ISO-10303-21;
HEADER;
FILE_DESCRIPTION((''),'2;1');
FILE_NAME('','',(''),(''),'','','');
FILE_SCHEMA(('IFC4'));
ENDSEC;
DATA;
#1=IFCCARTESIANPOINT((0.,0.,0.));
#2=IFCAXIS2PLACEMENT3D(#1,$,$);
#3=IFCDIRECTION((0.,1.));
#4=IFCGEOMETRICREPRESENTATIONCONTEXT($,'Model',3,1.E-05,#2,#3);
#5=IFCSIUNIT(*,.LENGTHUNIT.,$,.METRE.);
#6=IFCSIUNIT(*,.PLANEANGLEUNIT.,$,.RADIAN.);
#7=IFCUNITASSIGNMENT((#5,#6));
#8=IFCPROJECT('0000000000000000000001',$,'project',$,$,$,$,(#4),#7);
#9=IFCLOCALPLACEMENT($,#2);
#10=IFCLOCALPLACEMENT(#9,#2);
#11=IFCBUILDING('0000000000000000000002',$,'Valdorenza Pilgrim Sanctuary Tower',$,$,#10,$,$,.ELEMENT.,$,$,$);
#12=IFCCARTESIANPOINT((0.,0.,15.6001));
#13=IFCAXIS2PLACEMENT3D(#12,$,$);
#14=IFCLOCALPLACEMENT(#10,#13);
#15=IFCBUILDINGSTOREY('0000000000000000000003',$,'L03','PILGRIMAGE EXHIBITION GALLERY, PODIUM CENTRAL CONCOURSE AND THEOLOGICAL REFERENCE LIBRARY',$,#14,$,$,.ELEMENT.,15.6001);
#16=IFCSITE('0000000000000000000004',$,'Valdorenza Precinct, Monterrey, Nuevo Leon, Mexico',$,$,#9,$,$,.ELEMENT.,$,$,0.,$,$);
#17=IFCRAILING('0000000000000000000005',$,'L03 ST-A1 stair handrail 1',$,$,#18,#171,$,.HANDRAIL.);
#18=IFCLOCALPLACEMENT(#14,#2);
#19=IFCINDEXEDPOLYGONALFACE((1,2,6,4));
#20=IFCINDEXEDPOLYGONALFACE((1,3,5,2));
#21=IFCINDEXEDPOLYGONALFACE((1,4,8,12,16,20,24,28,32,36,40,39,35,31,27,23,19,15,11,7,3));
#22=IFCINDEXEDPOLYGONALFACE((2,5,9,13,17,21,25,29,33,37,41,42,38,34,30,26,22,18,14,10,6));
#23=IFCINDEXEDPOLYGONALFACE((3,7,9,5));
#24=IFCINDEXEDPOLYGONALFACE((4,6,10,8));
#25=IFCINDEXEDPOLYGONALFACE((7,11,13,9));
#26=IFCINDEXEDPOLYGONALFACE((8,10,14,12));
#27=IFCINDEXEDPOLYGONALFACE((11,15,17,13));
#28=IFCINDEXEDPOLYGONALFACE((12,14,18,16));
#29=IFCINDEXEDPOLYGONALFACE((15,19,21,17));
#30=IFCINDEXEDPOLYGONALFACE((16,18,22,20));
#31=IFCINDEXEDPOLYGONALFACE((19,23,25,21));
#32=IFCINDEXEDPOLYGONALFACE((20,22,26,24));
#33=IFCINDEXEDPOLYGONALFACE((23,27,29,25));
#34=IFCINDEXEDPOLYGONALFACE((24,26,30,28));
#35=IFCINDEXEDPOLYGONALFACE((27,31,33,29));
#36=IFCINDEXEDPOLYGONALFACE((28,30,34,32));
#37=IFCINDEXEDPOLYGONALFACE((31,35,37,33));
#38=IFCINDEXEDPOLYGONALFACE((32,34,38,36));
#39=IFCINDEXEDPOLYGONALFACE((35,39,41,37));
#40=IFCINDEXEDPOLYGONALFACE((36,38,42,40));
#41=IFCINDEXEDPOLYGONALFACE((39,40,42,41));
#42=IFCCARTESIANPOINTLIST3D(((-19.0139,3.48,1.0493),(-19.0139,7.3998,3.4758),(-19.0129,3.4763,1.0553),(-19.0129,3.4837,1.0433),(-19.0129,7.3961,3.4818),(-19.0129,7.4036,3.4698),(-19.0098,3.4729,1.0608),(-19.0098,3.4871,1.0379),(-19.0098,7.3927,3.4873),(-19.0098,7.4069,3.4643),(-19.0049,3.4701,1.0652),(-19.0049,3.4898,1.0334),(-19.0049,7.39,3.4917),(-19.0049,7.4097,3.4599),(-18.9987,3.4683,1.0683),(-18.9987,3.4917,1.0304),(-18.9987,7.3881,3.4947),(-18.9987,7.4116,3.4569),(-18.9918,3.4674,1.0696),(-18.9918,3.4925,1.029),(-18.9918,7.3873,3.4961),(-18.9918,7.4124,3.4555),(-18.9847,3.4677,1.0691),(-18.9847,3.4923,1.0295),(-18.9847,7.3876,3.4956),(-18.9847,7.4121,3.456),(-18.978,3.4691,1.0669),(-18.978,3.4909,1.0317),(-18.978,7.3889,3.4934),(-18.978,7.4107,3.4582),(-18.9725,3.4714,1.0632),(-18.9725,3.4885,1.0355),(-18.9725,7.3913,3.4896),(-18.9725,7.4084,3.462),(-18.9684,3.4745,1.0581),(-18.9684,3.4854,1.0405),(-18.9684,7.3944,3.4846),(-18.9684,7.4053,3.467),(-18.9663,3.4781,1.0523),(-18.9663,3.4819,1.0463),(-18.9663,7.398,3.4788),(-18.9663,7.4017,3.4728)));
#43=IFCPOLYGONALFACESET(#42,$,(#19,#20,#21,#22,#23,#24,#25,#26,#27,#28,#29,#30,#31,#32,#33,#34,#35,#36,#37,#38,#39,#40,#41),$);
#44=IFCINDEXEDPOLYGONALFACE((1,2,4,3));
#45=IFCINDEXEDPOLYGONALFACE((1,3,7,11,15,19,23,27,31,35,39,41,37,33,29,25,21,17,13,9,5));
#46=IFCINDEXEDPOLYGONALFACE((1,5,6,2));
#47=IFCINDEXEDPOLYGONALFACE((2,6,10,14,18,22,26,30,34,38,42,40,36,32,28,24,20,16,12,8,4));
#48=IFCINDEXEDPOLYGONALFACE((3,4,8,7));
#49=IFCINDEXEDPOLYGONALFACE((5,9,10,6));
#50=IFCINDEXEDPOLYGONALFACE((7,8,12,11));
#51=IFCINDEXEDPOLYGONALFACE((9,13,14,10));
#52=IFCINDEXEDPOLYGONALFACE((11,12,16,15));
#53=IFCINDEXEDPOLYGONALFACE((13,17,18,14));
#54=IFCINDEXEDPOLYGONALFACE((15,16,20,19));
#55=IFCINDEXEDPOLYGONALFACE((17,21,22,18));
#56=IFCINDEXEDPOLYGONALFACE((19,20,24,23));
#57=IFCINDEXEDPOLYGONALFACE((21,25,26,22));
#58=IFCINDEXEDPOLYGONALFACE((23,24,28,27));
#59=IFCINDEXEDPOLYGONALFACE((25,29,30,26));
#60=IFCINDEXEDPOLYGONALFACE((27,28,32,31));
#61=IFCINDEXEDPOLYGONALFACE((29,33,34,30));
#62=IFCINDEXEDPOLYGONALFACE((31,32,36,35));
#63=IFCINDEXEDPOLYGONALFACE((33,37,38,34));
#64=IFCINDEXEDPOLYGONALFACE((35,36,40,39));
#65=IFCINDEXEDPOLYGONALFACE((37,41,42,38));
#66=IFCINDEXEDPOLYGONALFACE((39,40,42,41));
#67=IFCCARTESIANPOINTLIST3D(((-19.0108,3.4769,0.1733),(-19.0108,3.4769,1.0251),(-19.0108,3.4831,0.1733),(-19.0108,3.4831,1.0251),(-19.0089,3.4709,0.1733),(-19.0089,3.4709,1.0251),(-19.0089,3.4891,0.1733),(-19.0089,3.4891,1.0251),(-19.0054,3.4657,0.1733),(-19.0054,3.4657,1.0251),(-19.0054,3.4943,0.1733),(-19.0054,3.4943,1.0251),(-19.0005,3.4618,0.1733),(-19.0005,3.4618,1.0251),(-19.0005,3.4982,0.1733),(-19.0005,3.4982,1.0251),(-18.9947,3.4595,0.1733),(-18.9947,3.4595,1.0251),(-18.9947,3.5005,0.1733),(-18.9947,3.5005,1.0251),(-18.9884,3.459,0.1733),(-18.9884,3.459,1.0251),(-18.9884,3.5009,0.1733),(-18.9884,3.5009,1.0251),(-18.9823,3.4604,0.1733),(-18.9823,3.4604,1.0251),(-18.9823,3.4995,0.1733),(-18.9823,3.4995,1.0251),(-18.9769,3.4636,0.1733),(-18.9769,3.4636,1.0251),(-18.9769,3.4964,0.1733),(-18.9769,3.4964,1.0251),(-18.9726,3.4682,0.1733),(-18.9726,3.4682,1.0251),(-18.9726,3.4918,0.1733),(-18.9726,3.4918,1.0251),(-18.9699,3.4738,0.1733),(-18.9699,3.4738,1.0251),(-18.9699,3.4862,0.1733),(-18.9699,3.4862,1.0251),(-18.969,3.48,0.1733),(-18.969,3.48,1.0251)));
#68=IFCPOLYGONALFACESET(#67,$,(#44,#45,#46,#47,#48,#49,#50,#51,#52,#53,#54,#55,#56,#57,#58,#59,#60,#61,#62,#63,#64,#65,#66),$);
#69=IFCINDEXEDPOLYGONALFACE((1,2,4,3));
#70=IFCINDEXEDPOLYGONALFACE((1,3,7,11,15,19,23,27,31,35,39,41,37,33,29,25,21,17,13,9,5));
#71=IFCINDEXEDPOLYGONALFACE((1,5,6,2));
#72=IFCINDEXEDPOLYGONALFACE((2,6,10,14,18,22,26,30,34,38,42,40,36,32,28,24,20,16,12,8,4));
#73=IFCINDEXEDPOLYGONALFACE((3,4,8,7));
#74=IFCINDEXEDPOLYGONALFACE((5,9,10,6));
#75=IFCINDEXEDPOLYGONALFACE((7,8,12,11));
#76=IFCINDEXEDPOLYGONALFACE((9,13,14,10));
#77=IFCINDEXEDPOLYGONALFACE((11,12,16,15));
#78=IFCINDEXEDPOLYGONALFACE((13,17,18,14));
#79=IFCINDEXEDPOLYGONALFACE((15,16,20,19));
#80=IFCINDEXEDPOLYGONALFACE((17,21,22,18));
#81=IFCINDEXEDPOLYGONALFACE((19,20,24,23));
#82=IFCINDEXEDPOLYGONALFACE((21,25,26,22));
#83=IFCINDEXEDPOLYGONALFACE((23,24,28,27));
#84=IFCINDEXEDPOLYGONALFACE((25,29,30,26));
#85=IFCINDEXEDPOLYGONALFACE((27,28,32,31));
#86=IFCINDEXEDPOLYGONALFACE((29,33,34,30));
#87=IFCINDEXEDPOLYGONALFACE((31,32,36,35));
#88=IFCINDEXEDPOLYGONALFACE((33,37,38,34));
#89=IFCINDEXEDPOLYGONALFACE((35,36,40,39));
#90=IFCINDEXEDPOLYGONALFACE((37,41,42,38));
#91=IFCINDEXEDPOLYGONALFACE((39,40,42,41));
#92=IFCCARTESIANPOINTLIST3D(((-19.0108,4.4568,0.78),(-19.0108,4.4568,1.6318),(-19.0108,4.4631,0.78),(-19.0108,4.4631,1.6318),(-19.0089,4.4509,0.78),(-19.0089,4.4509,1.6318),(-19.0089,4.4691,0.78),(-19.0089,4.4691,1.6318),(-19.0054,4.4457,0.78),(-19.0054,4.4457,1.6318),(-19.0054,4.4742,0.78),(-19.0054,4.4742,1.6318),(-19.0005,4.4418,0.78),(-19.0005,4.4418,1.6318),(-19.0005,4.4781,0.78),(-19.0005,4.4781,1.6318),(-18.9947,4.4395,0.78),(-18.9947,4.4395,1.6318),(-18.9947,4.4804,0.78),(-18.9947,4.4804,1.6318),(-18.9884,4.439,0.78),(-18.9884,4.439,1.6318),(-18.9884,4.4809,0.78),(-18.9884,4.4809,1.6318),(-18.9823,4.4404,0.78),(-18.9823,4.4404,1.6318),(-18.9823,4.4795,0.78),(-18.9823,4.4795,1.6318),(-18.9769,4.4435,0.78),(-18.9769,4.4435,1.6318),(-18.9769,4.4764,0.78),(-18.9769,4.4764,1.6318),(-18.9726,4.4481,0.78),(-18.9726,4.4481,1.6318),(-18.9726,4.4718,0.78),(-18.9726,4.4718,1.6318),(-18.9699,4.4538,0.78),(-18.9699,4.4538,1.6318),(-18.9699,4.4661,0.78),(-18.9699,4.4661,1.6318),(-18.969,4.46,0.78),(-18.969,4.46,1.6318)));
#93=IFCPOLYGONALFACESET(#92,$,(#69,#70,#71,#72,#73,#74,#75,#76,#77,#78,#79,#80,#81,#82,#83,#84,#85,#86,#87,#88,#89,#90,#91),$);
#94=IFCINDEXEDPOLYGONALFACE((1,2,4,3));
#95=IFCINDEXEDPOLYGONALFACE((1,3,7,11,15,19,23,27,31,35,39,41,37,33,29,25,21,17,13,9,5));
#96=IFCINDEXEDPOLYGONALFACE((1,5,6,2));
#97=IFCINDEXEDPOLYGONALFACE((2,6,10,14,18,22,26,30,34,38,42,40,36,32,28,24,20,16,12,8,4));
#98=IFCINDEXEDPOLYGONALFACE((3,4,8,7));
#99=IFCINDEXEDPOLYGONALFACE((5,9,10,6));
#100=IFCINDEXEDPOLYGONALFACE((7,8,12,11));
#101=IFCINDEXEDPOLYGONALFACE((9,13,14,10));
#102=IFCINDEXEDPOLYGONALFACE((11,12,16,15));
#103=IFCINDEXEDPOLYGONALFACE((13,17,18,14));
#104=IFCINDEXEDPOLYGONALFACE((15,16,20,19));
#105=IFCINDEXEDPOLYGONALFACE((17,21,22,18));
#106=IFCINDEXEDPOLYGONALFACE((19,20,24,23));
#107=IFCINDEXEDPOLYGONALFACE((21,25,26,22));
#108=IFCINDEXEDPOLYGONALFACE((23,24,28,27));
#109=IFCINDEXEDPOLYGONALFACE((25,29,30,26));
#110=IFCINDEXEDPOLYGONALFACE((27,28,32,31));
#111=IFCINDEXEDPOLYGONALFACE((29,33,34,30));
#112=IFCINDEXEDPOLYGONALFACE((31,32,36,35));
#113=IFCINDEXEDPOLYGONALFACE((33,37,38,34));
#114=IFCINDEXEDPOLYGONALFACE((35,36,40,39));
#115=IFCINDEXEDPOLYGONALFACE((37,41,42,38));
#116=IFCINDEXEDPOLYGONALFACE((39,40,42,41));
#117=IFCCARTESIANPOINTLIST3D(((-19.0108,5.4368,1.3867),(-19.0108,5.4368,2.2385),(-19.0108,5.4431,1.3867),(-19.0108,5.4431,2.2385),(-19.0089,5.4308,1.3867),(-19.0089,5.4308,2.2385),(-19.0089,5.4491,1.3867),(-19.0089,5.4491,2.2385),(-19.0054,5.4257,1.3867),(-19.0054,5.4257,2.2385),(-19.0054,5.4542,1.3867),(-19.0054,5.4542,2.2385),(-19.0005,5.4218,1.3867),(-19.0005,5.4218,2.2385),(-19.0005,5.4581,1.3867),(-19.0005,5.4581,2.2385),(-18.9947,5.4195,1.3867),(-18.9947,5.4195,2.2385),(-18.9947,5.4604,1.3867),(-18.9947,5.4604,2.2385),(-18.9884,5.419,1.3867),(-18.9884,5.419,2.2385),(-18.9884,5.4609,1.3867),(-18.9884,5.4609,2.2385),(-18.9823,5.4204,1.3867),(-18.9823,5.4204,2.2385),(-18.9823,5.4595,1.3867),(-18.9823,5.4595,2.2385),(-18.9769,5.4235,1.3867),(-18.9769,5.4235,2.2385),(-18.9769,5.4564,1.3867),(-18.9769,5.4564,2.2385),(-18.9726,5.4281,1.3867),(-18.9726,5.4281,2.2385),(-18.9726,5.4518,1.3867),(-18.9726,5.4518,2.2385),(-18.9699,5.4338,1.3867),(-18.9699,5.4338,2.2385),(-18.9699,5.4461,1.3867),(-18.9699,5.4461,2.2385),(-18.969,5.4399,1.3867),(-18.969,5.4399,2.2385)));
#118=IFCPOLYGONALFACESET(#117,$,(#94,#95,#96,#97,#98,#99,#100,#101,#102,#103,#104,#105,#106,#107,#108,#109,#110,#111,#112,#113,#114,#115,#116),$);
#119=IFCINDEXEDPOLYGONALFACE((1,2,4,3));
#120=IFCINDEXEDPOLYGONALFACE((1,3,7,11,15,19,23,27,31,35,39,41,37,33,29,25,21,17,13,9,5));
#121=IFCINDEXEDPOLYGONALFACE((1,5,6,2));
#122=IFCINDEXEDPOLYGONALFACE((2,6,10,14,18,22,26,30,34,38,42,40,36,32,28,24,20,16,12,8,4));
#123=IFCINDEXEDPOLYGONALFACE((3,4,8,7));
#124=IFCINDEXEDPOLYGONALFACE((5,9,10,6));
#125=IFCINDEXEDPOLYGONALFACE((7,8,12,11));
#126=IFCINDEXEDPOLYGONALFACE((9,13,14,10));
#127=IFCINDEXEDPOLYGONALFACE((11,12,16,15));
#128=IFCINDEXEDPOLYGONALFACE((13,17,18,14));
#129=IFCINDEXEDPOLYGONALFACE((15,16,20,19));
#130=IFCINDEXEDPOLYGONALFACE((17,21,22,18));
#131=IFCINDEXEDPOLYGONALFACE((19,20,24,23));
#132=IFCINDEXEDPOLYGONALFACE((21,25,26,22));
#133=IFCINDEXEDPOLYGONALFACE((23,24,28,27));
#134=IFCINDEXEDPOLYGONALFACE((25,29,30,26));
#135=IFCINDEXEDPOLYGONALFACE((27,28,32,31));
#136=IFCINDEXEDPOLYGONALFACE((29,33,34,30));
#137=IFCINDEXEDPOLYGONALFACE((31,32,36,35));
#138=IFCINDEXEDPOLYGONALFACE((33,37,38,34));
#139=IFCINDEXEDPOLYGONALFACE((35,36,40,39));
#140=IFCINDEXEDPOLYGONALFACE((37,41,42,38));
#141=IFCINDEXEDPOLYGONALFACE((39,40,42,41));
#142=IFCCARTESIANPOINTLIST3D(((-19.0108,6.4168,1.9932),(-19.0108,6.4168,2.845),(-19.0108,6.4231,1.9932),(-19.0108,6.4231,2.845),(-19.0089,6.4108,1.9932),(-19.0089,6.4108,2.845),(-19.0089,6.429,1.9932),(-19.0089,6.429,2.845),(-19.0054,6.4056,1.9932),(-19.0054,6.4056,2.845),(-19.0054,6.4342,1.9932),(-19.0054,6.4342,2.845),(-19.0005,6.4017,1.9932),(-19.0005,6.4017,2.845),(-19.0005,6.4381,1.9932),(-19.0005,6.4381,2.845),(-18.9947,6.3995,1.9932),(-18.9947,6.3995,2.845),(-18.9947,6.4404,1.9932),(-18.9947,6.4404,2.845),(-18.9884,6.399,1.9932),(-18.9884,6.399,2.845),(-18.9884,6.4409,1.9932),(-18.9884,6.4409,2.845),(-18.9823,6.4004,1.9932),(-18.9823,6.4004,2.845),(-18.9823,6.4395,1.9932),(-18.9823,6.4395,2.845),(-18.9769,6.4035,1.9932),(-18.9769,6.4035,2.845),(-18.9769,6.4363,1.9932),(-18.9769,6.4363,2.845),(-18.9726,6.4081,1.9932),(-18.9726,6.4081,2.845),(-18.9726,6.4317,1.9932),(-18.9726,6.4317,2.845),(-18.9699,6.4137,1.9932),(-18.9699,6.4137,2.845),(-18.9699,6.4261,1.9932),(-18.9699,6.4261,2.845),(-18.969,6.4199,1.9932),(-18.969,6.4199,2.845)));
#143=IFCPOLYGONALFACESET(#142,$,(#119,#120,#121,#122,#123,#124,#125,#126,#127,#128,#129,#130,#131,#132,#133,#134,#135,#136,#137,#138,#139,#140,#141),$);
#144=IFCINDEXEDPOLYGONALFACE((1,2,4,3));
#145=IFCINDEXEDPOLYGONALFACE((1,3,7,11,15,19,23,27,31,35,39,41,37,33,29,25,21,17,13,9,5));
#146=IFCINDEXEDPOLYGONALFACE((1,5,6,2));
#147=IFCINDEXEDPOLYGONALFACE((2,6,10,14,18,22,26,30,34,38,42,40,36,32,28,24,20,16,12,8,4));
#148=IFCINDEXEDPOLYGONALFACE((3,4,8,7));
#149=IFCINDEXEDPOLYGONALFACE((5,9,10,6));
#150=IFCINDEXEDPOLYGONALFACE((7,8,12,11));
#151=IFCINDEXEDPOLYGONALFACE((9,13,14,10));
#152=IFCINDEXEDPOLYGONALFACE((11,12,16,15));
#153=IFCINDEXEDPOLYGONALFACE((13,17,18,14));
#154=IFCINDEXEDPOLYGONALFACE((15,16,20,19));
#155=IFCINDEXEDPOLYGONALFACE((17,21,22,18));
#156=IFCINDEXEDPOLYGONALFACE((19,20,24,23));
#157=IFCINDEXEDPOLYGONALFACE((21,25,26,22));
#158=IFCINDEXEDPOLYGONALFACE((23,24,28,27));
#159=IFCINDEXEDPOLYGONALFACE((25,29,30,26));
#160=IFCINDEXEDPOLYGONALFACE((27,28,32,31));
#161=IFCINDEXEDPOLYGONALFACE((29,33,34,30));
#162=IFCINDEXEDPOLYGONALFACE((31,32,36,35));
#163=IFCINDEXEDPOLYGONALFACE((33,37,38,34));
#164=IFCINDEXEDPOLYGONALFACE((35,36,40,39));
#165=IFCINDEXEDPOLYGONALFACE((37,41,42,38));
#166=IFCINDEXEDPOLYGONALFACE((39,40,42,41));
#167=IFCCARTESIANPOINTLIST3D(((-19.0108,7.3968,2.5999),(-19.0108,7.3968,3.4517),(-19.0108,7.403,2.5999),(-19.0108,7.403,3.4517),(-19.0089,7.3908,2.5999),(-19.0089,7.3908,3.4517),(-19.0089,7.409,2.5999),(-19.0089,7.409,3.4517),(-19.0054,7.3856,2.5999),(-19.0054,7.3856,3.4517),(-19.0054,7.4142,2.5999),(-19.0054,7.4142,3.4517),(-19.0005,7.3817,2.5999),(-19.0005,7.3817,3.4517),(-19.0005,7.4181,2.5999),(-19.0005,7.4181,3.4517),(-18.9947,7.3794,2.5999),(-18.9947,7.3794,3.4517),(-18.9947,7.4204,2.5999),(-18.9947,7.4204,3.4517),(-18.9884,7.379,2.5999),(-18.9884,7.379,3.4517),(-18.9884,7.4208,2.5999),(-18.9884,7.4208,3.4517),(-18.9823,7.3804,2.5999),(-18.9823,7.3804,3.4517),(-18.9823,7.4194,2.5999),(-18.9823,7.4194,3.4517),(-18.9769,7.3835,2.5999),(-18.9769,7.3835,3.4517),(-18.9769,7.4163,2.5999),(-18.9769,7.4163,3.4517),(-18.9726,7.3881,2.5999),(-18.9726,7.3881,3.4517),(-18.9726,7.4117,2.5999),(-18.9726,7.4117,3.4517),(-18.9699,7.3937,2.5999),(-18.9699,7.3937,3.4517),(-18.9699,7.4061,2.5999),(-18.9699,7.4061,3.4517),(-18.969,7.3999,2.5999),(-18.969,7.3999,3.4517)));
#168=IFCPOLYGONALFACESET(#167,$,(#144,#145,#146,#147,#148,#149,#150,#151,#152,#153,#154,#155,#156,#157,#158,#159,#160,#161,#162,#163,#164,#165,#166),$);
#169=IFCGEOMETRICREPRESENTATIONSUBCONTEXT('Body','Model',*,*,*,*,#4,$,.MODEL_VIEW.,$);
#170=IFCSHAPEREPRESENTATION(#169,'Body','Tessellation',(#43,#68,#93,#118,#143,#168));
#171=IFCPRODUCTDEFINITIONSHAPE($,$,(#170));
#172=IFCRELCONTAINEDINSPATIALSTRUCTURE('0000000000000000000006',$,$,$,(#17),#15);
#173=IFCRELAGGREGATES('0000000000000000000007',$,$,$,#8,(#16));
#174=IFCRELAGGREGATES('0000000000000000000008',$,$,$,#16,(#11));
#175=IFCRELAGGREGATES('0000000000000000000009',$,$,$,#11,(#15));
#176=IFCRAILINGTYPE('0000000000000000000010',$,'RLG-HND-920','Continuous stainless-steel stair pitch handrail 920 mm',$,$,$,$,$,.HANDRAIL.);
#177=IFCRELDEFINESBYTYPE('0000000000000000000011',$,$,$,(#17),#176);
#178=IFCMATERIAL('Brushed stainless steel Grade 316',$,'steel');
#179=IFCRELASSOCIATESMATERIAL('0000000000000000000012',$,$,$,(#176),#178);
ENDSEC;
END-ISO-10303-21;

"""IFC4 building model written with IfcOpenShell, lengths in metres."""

from ifc_helpers import new_model, si_unit, direction, frame, origin, origin_2d, place, context, subcontext, project, spatial, circle, extrude, material, type_object, element, save


model = new_model("IFC4")

# Units and contexts
model_context = context("Model", 3, precision=1e-05, world=origin(), true_north=direction((0.0, 1.0)))
body_context = subcontext(model_context, "Body", "Model", "MODEL_VIEW")
ifc_project = project(units=[si_unit("LENGTHUNIT", "METRE"), si_unit("PLANEANGLEUNIT", "RADIAN")], contexts=[model_context])

# Site, building, storey
site_placement = place(None, origin())
site = spatial("IfcSite", under=ifc_project, at=site_placement, Name="Valdorenza Precinct, Monterrey, Nuevo Leon, Mexico", CompositionType="ELEMENT", RefElevation=0.0)
building_placement = place(site_placement, origin())
building = spatial("IfcBuilding", under=site, at=building_placement, Name="Valdorenza Pilgrim Sanctuary Tower", CompositionType="ELEMENT")
storey_placement = place(building_placement, frame((0.0, 0.0, 15.6001)))
storey = spatial("IfcBuildingStorey", under=building, at=storey_placement, Name="L03", Description="PILGRIMAGE EXHIBITION GALLERY, PODIUM CENTRAL CONCOURSE AND THEOLOGICAL REFERENCE LIBRARY", CompositionType="ELEMENT", Elevation=15.6001)

# Shared definitions
ifc_material_1 = material(Name="Brushed stainless steel Grade 316", Category="steel")

# Railing
railing_type_1 = type_object("IfcRailingType", Name="RLG-HND-920", Description="Continuous stainless-steel stair pitch handrail 920 mm", PredefinedType="HANDRAIL", material=ifc_material_1)
railing_1_placement = place(storey_placement, frame((-18.99, 3.48, 0.1733)))
element("IfcRailing", 1, at=railing_1_placement, inside=storey, type_object=railing_type_1, Name="L03 ST-A1 stair handrail 1", PredefinedType="HANDRAIL", context=body_context, shape_type="SweptSolid", body=[
    extrude(circle(Radius=0.0239, at=origin_2d()), frame((0.0, 0.0, 0.876), z_axis=(0.0, 0.850275, 0.526338), x_axis=(-1.0, 0.0, 0.0)), (0.0, 0.0, 1.0), 4.6101),
    extrude(circle(Radius=0.021, at=origin_2d()), origin(), (0.0, 0.0, 1.0), 0.8518),
    extrude(circle(Radius=0.021, at=origin_2d()), frame((0.0, 0.98, 0.6067)), (0.0, 0.0, 1.0), 0.8518),
    extrude(circle(Radius=0.021, at=origin_2d()), frame((0.0, 1.96, 1.2134)), (0.0, 0.0, 1.0), 0.8518),
    extrude(circle(Radius=0.021, at=origin_2d()), frame((0.0, 2.9399, 1.8198)), (0.0, 0.0, 1.0), 0.8518),
    extrude(circle(Radius=0.021, at=origin_2d()), frame((0.0, 3.9199, 2.4265)), (0.0, 0.0, 1.0), 0.8518),
])

save(model, "model.ifc")
